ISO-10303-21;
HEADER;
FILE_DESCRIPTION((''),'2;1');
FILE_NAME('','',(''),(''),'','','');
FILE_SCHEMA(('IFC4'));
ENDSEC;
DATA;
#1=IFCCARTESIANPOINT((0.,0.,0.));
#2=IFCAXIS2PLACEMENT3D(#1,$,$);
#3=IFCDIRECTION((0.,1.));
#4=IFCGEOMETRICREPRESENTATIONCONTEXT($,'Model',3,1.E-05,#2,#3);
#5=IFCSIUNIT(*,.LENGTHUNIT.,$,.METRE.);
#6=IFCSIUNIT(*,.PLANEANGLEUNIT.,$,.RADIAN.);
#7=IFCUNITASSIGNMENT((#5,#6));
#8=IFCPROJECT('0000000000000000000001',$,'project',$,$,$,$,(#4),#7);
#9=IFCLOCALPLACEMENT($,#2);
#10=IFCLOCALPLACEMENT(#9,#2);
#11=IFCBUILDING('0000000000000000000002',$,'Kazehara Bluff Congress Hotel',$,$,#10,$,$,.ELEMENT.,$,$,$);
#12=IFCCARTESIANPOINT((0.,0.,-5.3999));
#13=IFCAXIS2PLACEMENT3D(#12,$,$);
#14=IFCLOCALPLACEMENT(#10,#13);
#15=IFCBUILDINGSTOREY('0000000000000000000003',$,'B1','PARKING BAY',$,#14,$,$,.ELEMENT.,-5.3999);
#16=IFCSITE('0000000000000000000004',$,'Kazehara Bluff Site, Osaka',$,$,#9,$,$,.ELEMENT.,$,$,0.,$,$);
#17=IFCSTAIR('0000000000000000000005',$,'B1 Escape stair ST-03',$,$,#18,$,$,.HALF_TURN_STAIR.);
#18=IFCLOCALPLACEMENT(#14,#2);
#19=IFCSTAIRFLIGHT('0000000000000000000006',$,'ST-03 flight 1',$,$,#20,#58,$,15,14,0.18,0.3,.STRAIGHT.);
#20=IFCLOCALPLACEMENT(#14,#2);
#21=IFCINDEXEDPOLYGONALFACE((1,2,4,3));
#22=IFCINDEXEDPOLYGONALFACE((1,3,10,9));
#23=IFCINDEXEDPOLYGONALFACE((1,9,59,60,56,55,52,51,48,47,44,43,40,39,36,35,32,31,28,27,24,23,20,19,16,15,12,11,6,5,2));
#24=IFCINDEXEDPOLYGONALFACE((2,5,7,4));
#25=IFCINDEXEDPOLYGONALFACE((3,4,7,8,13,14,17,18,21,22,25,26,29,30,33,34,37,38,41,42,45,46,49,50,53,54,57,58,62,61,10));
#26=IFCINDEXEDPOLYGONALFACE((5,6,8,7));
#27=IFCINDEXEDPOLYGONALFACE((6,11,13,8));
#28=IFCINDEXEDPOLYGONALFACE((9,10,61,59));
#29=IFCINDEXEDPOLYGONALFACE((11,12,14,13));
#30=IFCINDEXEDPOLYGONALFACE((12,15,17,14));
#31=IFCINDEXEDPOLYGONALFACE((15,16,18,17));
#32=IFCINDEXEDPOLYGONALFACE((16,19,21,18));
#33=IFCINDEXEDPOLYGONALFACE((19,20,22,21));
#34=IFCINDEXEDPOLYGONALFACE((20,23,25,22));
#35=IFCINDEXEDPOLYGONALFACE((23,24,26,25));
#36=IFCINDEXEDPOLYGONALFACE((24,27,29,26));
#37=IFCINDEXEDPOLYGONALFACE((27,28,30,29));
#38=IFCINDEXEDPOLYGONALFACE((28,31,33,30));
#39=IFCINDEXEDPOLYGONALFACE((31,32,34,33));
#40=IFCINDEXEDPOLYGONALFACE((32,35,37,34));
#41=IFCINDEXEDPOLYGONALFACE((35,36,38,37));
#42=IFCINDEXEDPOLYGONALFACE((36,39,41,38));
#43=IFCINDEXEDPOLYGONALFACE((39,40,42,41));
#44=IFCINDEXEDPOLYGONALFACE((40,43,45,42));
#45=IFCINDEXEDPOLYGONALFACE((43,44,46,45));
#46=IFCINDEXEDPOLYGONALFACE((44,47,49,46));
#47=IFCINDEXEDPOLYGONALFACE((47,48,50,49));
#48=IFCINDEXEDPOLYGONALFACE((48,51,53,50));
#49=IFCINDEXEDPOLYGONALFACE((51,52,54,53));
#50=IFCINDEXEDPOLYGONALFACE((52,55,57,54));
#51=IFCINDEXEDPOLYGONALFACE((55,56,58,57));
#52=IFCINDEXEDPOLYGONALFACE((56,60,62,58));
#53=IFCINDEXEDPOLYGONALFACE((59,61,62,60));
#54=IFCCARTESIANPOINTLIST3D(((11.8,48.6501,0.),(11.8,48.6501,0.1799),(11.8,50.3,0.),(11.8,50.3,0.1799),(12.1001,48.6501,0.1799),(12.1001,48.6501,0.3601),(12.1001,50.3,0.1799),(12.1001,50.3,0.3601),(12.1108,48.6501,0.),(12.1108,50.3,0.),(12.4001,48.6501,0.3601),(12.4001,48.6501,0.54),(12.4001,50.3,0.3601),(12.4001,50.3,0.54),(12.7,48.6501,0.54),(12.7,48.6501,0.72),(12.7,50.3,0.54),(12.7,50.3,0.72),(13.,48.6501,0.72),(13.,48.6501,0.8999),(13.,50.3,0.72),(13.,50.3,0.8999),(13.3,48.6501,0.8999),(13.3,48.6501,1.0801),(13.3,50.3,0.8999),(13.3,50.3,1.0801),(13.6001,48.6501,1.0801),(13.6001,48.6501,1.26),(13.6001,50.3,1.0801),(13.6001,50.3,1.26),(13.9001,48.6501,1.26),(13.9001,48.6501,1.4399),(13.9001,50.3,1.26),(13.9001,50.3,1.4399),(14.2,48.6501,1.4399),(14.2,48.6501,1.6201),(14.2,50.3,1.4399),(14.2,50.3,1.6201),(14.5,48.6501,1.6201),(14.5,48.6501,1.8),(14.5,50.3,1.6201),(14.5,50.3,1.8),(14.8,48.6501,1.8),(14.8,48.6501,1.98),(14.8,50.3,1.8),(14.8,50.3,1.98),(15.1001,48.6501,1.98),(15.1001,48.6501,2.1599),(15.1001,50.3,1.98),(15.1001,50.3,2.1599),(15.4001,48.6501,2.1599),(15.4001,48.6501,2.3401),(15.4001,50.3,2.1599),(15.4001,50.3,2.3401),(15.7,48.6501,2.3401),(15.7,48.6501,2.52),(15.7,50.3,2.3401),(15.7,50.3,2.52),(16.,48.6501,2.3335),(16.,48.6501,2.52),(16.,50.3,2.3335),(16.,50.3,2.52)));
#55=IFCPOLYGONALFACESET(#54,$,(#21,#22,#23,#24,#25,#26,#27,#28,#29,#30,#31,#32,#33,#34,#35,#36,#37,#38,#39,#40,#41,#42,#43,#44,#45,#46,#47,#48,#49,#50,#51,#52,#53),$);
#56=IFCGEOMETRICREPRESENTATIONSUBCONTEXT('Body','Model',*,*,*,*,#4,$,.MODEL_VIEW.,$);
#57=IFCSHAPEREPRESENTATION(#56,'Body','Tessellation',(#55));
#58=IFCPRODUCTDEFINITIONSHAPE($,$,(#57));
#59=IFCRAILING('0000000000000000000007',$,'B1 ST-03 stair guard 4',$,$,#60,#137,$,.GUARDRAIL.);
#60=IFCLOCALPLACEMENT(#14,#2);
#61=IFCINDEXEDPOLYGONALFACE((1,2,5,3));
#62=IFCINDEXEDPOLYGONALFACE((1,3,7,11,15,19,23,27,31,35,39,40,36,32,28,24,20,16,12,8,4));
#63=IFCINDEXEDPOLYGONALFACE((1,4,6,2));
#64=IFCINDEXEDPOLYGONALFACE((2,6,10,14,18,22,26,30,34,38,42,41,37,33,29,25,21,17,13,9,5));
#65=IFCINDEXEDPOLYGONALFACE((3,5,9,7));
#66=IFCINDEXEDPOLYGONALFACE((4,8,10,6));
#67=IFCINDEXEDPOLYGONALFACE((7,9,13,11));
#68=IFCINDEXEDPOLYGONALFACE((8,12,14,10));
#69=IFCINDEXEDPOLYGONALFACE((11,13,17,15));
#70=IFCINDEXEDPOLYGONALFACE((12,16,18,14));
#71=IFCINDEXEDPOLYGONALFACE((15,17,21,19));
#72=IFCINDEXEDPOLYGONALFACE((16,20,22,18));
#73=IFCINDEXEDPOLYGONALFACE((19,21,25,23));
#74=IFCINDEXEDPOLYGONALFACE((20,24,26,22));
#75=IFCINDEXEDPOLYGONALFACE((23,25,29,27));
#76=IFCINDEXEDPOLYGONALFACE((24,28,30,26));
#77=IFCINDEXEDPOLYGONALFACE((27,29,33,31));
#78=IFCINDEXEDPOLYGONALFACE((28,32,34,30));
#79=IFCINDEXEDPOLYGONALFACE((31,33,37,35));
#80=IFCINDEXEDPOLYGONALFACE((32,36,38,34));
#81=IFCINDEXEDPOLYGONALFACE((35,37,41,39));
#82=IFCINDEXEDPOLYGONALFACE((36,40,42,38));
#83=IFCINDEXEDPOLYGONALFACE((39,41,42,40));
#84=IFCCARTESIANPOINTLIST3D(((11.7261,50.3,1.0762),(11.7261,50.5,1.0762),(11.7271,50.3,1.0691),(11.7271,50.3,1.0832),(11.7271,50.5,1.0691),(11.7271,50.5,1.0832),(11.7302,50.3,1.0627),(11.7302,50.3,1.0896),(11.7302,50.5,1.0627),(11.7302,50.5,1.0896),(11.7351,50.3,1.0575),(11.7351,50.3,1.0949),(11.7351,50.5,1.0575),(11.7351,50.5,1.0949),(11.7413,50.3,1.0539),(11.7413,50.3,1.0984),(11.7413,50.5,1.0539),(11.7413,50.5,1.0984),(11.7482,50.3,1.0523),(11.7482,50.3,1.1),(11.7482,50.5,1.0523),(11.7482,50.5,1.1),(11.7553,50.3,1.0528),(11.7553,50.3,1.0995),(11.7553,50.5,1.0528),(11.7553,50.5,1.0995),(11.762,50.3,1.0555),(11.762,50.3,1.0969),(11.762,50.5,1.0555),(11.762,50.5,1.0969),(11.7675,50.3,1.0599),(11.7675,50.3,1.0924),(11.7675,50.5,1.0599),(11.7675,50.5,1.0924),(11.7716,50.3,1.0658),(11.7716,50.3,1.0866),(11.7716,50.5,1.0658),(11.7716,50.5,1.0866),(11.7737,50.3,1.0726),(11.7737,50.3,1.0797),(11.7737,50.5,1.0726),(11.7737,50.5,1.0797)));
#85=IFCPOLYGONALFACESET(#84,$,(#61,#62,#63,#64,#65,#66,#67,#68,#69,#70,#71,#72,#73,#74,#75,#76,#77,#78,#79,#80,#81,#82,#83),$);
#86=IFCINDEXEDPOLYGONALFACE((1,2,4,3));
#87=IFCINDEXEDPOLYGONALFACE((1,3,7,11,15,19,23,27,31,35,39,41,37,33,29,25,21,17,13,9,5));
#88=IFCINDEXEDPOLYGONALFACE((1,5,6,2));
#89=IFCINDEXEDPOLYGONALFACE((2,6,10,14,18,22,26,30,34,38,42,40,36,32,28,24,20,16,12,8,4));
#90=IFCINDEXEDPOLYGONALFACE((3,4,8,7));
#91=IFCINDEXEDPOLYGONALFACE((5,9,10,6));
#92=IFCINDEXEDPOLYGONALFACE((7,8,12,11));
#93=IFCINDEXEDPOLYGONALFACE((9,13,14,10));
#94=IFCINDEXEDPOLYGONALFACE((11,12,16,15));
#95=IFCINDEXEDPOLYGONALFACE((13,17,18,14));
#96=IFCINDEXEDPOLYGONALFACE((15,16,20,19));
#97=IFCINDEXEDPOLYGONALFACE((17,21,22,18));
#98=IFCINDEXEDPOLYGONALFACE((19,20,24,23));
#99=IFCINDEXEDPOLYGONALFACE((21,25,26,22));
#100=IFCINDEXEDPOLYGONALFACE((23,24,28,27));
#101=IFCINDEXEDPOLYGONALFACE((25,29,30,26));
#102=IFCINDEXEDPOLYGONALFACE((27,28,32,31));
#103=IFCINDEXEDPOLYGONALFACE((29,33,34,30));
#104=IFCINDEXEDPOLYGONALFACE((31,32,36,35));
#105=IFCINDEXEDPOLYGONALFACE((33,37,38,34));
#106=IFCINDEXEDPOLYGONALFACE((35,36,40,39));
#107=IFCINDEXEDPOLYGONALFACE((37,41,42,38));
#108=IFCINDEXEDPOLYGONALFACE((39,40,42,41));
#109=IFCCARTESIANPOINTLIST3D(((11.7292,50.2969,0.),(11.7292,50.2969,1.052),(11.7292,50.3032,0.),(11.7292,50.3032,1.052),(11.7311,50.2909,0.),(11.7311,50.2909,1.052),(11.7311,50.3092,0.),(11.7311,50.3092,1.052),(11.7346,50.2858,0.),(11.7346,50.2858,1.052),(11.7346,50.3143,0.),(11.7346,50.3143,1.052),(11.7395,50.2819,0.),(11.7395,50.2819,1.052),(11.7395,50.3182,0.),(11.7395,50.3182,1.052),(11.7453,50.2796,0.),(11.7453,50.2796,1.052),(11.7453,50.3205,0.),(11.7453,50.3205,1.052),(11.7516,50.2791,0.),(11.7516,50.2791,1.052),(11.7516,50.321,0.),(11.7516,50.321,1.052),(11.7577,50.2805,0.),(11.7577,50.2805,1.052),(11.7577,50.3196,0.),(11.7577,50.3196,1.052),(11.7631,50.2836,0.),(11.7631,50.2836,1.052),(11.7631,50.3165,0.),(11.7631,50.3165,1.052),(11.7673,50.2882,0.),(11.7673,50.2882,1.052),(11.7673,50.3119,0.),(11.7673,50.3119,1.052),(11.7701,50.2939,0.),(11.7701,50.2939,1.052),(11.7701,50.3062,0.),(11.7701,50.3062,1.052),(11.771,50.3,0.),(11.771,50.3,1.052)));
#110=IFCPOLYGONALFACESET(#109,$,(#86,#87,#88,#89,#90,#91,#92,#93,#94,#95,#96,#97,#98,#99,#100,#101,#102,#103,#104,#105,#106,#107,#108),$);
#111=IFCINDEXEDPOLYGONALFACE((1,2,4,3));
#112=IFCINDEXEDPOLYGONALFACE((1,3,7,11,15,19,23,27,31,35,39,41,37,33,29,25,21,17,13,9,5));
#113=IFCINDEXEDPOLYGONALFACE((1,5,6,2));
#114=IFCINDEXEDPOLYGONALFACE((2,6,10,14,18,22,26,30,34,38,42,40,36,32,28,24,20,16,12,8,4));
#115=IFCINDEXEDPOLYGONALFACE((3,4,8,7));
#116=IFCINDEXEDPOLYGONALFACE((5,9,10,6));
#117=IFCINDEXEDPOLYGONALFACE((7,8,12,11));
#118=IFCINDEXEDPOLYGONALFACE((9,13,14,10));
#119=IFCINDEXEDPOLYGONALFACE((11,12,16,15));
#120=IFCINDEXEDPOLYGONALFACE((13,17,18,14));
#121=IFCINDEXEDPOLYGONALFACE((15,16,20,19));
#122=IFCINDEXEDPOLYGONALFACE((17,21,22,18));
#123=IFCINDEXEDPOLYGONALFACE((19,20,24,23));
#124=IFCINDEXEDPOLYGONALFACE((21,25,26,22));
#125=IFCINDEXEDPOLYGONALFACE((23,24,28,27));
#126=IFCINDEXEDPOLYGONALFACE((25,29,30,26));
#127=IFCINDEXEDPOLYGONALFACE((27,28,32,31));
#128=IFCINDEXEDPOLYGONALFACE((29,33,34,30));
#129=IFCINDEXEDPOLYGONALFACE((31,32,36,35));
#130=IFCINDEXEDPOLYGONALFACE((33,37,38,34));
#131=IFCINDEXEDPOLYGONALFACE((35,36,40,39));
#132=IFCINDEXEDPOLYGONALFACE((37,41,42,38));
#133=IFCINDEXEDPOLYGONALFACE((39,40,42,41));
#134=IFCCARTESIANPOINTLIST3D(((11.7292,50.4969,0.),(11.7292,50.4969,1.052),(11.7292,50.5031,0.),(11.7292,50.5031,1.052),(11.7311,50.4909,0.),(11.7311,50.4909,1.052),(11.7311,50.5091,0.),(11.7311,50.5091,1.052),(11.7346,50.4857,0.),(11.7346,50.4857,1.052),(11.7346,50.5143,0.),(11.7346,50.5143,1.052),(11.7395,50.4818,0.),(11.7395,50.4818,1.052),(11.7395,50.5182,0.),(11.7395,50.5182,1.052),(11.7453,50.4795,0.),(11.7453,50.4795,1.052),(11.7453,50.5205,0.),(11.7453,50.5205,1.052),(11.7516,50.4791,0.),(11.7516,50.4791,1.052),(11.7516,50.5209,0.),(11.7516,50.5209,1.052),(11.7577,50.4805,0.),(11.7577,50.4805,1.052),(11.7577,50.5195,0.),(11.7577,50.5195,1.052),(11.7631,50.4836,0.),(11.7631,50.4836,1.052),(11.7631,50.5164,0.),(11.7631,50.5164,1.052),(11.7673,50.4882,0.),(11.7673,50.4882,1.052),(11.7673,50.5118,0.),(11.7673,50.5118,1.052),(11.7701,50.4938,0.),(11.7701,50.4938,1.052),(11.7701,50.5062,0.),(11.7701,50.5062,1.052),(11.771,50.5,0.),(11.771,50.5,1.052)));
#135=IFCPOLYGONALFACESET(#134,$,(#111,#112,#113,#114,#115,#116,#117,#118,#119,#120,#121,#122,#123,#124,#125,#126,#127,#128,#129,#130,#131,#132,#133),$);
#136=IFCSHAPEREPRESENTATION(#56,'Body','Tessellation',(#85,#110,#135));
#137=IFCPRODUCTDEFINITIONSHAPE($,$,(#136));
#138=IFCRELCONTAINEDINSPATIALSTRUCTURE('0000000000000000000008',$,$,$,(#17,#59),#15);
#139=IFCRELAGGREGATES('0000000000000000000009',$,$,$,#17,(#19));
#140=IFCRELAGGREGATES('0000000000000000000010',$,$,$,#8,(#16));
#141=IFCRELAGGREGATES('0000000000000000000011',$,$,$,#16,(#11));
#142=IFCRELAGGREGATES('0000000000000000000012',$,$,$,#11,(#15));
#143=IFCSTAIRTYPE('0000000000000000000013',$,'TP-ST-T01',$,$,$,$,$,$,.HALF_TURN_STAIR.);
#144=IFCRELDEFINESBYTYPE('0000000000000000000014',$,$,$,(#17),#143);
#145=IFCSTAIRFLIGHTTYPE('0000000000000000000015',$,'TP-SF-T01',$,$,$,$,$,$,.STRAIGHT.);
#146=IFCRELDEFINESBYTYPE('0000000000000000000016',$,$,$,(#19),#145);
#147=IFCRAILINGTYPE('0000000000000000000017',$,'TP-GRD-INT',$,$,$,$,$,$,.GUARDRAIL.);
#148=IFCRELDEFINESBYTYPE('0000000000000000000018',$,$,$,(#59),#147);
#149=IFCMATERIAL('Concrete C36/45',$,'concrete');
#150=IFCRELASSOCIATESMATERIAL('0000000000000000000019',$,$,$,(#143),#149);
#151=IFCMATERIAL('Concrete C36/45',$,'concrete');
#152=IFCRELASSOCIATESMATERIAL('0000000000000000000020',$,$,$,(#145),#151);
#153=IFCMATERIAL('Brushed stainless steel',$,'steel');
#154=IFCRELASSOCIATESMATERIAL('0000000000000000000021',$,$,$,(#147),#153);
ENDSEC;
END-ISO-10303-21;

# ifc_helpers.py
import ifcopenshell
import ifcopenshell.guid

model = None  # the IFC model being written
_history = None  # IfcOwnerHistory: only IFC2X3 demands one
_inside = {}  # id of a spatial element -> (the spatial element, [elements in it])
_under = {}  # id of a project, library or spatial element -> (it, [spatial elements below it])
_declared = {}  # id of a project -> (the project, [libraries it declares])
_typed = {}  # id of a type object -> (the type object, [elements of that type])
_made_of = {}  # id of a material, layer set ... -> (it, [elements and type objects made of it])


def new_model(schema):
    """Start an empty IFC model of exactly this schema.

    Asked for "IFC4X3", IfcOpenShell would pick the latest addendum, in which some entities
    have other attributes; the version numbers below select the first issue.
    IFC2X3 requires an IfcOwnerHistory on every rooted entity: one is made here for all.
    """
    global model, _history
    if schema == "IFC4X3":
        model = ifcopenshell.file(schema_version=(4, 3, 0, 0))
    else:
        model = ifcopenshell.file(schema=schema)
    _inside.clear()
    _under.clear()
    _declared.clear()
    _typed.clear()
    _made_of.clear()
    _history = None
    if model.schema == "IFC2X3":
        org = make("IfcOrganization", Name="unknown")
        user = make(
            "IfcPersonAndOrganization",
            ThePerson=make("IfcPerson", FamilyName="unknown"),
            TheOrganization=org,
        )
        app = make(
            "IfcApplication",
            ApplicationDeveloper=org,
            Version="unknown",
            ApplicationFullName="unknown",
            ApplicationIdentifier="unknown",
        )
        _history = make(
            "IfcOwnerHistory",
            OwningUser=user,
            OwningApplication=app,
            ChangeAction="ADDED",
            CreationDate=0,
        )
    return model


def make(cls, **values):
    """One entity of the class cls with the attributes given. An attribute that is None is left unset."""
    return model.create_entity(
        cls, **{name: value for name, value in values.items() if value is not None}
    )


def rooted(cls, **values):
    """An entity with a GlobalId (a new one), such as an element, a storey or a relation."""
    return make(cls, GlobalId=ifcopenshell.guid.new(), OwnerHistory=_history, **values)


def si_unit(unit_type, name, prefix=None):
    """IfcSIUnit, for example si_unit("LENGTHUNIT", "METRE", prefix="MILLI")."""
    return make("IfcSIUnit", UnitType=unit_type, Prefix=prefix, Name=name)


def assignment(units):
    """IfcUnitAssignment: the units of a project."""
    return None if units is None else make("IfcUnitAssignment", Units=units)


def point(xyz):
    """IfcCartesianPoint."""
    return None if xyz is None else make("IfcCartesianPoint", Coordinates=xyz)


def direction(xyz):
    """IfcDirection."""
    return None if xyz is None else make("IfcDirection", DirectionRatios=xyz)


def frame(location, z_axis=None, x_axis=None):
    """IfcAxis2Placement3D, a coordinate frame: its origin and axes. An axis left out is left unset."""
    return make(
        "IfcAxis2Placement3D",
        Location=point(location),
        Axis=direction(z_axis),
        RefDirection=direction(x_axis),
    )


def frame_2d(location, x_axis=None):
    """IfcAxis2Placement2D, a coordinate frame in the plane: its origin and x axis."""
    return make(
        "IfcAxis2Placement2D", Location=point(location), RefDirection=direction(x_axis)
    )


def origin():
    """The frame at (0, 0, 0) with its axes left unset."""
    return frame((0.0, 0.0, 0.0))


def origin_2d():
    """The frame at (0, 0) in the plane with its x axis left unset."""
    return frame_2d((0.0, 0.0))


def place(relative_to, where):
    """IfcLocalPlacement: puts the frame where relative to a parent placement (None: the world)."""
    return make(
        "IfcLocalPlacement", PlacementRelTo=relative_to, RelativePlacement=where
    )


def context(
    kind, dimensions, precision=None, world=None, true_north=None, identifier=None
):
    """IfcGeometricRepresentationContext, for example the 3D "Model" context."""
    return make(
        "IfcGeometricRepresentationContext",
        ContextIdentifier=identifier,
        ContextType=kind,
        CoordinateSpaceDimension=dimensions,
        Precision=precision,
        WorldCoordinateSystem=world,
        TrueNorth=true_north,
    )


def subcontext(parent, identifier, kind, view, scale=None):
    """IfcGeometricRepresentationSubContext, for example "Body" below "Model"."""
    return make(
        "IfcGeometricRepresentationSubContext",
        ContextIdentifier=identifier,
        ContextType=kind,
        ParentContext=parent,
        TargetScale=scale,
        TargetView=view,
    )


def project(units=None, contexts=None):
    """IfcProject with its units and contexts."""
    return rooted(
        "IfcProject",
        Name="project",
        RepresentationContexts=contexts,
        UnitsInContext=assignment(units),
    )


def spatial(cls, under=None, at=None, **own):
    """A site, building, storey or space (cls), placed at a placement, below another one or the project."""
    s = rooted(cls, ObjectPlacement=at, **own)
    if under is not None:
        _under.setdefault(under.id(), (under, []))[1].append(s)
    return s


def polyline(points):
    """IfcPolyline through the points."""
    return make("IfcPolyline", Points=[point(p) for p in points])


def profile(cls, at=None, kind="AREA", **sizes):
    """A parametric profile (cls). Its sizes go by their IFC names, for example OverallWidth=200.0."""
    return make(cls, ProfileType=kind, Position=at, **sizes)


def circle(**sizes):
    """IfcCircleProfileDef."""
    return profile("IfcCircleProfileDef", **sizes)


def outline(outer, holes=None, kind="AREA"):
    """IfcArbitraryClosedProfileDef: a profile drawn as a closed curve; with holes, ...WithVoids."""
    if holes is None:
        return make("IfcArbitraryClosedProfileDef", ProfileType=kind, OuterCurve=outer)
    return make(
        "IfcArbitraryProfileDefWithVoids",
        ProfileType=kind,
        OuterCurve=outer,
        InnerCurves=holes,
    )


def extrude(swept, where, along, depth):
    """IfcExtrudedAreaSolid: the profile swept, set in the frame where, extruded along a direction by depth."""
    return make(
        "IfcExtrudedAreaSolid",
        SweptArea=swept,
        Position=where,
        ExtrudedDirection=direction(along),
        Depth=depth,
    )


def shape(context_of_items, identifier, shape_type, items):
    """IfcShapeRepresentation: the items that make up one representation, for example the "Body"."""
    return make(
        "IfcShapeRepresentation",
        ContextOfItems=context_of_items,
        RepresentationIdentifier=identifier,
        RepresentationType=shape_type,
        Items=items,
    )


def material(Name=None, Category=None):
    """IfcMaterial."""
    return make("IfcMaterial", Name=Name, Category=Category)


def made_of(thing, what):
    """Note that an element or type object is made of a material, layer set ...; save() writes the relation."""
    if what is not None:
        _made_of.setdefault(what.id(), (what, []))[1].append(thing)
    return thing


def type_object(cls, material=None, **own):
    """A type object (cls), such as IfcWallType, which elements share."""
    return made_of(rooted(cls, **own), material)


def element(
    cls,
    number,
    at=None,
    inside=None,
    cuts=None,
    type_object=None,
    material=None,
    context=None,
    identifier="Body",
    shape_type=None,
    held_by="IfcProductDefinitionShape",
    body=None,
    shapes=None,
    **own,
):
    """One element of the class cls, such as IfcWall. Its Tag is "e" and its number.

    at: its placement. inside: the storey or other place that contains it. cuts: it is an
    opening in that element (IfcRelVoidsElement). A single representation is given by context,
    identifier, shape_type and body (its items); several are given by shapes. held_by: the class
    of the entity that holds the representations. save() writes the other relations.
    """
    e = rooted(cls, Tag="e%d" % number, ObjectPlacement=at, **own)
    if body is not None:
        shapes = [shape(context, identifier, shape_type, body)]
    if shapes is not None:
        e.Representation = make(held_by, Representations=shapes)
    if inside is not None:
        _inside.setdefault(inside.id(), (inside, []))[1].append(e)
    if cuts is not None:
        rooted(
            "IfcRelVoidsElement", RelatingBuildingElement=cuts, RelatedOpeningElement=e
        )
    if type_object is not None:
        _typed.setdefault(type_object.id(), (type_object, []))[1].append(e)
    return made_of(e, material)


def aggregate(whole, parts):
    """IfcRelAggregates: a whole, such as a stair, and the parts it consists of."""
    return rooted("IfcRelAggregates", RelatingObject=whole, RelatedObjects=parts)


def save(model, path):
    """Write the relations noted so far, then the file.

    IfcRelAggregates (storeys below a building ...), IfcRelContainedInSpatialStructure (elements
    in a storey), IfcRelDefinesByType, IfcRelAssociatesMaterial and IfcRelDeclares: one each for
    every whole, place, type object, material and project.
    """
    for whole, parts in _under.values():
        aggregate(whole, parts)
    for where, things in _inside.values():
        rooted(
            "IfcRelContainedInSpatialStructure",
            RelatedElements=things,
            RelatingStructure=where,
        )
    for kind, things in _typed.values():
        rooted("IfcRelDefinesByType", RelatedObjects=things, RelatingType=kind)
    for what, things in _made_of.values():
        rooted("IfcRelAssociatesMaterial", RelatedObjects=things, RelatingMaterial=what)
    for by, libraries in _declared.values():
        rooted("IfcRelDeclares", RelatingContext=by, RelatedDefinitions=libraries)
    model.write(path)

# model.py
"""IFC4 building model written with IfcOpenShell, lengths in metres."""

from ifc_helpers import new_model, si_unit, direction, frame, origin, origin_2d, place, context, subcontext, project, spatial, polyline, circle, outline, extrude, material, type_object, element, aggregate, save


model = new_model("IFC4")

# Units and contexts
model_context = context("Model", 3, precision=1e-05, world=origin(), true_north=direction((0.0, 1.0)))
body_context = subcontext(model_context, "Body", "Model", "MODEL_VIEW")
ifc_project = project(units=[si_unit("LENGTHUNIT", "METRE"), si_unit("PLANEANGLEUNIT", "RADIAN")], contexts=[model_context])

# Site, building, storey
site_placement = place(None, origin())
site = spatial("IfcSite", under=ifc_project, at=site_placement, Name="Kazehara Bluff Site, Osaka", CompositionType="ELEMENT", RefElevation=0.0)
building_placement = place(site_placement, origin())
building = spatial("IfcBuilding", under=site, at=building_placement, Name="Kazehara Bluff Congress Hotel", CompositionType="ELEMENT")
storey_placement = place(building_placement, frame((0.0, 0.0, -5.3999)))
storey = spatial("IfcBuildingStorey", under=building, at=storey_placement, Name="B1", Description="PARKING BAY", CompositionType="ELEMENT", Elevation=-5.3999)

# Stair, stair flight
ifc_material_1 = material(Name="Concrete C36/45", Category="concrete")
stair_type = type_object("IfcStairType", Name="TP-ST-T01", PredefinedType="HALF_TURN_STAIR", material=ifc_material_1)
stair_placement = place(storey_placement, origin())
stair = element("IfcStair", 1, at=stair_placement, inside=storey, type_object=stair_type, Name="B1 Escape stair ST-03", PredefinedType="HALF_TURN_STAIR")
ifc_material_2 = material(Name="Concrete C36/45", Category="concrete")
stair_flight_type = type_object("IfcStairFlightType", Name="TP-SF-T01", PredefinedType="STRAIGHT", material=ifc_material_2)
stair_flight_placement = place(storey_placement, frame((11.8, 49.4751, 0.0), z_axis=(0.0, 0.0, 1.0), x_axis=(1.0, 0.0, 0.0)))
stair_flight = element("IfcStairFlight", 2, at=stair_flight_placement, type_object=stair_flight_type, Name="ST-03 flight 1", NumberOfRisers=15, NumberOfTreads=14, PredefinedType="STRAIGHT", RiserHeight=0.18, TreadLength=0.3, context=body_context, shape_type="SweptSolid", body=[
    extrude(outline(polyline([(0.0, 0.0), (0.0, 0.1799), (0.3, 0.1799), (0.3, 0.3601), (0.6001, 0.3601), (0.6001, 0.54), (0.8999, 0.54), (0.8999, 0.72), (1.2, 0.72), (1.2, 0.8999), (1.5, 0.8999), (1.5, 1.0801), (1.8, 1.0801), (1.8, 1.26), (2.1001, 1.26), (2.1001, 1.4399), (2.3999, 1.4399), (2.3999, 1.6201), (2.7, 1.6201), (2.7, 1.8), (3.0, 1.8), (3.0, 1.98), (3.3, 1.98), (3.3, 2.1599), (3.6001, 2.1599), (3.6001, 2.3401), (3.8999, 2.3401), (3.8999, 2.52), (4.2, 2.52), (4.2, 2.7), (4.2, 2.3335), (0.3108, 0.0), (0.0, 0.0)])), frame((0.0, 0.825, 0.0), z_axis=(0.0, -1.0, 0.0), x_axis=(1.0, 0.0, 0.0)), (0.0, 0.0, 1.0), 1.6499),
])
aggregate(stair, [stair_flight])

# Railing
ifc_material_3 = material(Name="Brushed stainless steel", Category="steel")
railing_type_1 = type_object("IfcRailingType", Name="TP-GRD-INT", PredefinedType="GUARDRAIL", material=ifc_material_3)
railing_1_placement = place(storey_placement, frame((11.75, 50.3, 0.0)))
element("IfcRailing", 3, at=railing_1_placement, inside=storey, type_object=railing_type_1, Name="B1 ST-03 stair guard 4", PredefinedType="GUARDRAIL", context=body_context, shape_type="SweptSolid", body=[
    extrude(circle(Radius=0.0239, at=origin_2d()), frame((0.0, 0.0, 1.0762), z_axis=(0.0, 1.0, 0.0), x_axis=(-1.0, 0.0, 0.0)), (0.0, 0.0, 1.0), 0.2),
    extrude(circle(Radius=0.021, at=origin_2d()), origin(), (0.0, 0.0, 1.0), 1.052),
    extrude(circle(Radius=0.021, at=origin_2d()), frame((0.0, 0.2, 0.0)), (0.0, 0.0, 1.0), 1.052),
])

save(model, "model.ifc")
